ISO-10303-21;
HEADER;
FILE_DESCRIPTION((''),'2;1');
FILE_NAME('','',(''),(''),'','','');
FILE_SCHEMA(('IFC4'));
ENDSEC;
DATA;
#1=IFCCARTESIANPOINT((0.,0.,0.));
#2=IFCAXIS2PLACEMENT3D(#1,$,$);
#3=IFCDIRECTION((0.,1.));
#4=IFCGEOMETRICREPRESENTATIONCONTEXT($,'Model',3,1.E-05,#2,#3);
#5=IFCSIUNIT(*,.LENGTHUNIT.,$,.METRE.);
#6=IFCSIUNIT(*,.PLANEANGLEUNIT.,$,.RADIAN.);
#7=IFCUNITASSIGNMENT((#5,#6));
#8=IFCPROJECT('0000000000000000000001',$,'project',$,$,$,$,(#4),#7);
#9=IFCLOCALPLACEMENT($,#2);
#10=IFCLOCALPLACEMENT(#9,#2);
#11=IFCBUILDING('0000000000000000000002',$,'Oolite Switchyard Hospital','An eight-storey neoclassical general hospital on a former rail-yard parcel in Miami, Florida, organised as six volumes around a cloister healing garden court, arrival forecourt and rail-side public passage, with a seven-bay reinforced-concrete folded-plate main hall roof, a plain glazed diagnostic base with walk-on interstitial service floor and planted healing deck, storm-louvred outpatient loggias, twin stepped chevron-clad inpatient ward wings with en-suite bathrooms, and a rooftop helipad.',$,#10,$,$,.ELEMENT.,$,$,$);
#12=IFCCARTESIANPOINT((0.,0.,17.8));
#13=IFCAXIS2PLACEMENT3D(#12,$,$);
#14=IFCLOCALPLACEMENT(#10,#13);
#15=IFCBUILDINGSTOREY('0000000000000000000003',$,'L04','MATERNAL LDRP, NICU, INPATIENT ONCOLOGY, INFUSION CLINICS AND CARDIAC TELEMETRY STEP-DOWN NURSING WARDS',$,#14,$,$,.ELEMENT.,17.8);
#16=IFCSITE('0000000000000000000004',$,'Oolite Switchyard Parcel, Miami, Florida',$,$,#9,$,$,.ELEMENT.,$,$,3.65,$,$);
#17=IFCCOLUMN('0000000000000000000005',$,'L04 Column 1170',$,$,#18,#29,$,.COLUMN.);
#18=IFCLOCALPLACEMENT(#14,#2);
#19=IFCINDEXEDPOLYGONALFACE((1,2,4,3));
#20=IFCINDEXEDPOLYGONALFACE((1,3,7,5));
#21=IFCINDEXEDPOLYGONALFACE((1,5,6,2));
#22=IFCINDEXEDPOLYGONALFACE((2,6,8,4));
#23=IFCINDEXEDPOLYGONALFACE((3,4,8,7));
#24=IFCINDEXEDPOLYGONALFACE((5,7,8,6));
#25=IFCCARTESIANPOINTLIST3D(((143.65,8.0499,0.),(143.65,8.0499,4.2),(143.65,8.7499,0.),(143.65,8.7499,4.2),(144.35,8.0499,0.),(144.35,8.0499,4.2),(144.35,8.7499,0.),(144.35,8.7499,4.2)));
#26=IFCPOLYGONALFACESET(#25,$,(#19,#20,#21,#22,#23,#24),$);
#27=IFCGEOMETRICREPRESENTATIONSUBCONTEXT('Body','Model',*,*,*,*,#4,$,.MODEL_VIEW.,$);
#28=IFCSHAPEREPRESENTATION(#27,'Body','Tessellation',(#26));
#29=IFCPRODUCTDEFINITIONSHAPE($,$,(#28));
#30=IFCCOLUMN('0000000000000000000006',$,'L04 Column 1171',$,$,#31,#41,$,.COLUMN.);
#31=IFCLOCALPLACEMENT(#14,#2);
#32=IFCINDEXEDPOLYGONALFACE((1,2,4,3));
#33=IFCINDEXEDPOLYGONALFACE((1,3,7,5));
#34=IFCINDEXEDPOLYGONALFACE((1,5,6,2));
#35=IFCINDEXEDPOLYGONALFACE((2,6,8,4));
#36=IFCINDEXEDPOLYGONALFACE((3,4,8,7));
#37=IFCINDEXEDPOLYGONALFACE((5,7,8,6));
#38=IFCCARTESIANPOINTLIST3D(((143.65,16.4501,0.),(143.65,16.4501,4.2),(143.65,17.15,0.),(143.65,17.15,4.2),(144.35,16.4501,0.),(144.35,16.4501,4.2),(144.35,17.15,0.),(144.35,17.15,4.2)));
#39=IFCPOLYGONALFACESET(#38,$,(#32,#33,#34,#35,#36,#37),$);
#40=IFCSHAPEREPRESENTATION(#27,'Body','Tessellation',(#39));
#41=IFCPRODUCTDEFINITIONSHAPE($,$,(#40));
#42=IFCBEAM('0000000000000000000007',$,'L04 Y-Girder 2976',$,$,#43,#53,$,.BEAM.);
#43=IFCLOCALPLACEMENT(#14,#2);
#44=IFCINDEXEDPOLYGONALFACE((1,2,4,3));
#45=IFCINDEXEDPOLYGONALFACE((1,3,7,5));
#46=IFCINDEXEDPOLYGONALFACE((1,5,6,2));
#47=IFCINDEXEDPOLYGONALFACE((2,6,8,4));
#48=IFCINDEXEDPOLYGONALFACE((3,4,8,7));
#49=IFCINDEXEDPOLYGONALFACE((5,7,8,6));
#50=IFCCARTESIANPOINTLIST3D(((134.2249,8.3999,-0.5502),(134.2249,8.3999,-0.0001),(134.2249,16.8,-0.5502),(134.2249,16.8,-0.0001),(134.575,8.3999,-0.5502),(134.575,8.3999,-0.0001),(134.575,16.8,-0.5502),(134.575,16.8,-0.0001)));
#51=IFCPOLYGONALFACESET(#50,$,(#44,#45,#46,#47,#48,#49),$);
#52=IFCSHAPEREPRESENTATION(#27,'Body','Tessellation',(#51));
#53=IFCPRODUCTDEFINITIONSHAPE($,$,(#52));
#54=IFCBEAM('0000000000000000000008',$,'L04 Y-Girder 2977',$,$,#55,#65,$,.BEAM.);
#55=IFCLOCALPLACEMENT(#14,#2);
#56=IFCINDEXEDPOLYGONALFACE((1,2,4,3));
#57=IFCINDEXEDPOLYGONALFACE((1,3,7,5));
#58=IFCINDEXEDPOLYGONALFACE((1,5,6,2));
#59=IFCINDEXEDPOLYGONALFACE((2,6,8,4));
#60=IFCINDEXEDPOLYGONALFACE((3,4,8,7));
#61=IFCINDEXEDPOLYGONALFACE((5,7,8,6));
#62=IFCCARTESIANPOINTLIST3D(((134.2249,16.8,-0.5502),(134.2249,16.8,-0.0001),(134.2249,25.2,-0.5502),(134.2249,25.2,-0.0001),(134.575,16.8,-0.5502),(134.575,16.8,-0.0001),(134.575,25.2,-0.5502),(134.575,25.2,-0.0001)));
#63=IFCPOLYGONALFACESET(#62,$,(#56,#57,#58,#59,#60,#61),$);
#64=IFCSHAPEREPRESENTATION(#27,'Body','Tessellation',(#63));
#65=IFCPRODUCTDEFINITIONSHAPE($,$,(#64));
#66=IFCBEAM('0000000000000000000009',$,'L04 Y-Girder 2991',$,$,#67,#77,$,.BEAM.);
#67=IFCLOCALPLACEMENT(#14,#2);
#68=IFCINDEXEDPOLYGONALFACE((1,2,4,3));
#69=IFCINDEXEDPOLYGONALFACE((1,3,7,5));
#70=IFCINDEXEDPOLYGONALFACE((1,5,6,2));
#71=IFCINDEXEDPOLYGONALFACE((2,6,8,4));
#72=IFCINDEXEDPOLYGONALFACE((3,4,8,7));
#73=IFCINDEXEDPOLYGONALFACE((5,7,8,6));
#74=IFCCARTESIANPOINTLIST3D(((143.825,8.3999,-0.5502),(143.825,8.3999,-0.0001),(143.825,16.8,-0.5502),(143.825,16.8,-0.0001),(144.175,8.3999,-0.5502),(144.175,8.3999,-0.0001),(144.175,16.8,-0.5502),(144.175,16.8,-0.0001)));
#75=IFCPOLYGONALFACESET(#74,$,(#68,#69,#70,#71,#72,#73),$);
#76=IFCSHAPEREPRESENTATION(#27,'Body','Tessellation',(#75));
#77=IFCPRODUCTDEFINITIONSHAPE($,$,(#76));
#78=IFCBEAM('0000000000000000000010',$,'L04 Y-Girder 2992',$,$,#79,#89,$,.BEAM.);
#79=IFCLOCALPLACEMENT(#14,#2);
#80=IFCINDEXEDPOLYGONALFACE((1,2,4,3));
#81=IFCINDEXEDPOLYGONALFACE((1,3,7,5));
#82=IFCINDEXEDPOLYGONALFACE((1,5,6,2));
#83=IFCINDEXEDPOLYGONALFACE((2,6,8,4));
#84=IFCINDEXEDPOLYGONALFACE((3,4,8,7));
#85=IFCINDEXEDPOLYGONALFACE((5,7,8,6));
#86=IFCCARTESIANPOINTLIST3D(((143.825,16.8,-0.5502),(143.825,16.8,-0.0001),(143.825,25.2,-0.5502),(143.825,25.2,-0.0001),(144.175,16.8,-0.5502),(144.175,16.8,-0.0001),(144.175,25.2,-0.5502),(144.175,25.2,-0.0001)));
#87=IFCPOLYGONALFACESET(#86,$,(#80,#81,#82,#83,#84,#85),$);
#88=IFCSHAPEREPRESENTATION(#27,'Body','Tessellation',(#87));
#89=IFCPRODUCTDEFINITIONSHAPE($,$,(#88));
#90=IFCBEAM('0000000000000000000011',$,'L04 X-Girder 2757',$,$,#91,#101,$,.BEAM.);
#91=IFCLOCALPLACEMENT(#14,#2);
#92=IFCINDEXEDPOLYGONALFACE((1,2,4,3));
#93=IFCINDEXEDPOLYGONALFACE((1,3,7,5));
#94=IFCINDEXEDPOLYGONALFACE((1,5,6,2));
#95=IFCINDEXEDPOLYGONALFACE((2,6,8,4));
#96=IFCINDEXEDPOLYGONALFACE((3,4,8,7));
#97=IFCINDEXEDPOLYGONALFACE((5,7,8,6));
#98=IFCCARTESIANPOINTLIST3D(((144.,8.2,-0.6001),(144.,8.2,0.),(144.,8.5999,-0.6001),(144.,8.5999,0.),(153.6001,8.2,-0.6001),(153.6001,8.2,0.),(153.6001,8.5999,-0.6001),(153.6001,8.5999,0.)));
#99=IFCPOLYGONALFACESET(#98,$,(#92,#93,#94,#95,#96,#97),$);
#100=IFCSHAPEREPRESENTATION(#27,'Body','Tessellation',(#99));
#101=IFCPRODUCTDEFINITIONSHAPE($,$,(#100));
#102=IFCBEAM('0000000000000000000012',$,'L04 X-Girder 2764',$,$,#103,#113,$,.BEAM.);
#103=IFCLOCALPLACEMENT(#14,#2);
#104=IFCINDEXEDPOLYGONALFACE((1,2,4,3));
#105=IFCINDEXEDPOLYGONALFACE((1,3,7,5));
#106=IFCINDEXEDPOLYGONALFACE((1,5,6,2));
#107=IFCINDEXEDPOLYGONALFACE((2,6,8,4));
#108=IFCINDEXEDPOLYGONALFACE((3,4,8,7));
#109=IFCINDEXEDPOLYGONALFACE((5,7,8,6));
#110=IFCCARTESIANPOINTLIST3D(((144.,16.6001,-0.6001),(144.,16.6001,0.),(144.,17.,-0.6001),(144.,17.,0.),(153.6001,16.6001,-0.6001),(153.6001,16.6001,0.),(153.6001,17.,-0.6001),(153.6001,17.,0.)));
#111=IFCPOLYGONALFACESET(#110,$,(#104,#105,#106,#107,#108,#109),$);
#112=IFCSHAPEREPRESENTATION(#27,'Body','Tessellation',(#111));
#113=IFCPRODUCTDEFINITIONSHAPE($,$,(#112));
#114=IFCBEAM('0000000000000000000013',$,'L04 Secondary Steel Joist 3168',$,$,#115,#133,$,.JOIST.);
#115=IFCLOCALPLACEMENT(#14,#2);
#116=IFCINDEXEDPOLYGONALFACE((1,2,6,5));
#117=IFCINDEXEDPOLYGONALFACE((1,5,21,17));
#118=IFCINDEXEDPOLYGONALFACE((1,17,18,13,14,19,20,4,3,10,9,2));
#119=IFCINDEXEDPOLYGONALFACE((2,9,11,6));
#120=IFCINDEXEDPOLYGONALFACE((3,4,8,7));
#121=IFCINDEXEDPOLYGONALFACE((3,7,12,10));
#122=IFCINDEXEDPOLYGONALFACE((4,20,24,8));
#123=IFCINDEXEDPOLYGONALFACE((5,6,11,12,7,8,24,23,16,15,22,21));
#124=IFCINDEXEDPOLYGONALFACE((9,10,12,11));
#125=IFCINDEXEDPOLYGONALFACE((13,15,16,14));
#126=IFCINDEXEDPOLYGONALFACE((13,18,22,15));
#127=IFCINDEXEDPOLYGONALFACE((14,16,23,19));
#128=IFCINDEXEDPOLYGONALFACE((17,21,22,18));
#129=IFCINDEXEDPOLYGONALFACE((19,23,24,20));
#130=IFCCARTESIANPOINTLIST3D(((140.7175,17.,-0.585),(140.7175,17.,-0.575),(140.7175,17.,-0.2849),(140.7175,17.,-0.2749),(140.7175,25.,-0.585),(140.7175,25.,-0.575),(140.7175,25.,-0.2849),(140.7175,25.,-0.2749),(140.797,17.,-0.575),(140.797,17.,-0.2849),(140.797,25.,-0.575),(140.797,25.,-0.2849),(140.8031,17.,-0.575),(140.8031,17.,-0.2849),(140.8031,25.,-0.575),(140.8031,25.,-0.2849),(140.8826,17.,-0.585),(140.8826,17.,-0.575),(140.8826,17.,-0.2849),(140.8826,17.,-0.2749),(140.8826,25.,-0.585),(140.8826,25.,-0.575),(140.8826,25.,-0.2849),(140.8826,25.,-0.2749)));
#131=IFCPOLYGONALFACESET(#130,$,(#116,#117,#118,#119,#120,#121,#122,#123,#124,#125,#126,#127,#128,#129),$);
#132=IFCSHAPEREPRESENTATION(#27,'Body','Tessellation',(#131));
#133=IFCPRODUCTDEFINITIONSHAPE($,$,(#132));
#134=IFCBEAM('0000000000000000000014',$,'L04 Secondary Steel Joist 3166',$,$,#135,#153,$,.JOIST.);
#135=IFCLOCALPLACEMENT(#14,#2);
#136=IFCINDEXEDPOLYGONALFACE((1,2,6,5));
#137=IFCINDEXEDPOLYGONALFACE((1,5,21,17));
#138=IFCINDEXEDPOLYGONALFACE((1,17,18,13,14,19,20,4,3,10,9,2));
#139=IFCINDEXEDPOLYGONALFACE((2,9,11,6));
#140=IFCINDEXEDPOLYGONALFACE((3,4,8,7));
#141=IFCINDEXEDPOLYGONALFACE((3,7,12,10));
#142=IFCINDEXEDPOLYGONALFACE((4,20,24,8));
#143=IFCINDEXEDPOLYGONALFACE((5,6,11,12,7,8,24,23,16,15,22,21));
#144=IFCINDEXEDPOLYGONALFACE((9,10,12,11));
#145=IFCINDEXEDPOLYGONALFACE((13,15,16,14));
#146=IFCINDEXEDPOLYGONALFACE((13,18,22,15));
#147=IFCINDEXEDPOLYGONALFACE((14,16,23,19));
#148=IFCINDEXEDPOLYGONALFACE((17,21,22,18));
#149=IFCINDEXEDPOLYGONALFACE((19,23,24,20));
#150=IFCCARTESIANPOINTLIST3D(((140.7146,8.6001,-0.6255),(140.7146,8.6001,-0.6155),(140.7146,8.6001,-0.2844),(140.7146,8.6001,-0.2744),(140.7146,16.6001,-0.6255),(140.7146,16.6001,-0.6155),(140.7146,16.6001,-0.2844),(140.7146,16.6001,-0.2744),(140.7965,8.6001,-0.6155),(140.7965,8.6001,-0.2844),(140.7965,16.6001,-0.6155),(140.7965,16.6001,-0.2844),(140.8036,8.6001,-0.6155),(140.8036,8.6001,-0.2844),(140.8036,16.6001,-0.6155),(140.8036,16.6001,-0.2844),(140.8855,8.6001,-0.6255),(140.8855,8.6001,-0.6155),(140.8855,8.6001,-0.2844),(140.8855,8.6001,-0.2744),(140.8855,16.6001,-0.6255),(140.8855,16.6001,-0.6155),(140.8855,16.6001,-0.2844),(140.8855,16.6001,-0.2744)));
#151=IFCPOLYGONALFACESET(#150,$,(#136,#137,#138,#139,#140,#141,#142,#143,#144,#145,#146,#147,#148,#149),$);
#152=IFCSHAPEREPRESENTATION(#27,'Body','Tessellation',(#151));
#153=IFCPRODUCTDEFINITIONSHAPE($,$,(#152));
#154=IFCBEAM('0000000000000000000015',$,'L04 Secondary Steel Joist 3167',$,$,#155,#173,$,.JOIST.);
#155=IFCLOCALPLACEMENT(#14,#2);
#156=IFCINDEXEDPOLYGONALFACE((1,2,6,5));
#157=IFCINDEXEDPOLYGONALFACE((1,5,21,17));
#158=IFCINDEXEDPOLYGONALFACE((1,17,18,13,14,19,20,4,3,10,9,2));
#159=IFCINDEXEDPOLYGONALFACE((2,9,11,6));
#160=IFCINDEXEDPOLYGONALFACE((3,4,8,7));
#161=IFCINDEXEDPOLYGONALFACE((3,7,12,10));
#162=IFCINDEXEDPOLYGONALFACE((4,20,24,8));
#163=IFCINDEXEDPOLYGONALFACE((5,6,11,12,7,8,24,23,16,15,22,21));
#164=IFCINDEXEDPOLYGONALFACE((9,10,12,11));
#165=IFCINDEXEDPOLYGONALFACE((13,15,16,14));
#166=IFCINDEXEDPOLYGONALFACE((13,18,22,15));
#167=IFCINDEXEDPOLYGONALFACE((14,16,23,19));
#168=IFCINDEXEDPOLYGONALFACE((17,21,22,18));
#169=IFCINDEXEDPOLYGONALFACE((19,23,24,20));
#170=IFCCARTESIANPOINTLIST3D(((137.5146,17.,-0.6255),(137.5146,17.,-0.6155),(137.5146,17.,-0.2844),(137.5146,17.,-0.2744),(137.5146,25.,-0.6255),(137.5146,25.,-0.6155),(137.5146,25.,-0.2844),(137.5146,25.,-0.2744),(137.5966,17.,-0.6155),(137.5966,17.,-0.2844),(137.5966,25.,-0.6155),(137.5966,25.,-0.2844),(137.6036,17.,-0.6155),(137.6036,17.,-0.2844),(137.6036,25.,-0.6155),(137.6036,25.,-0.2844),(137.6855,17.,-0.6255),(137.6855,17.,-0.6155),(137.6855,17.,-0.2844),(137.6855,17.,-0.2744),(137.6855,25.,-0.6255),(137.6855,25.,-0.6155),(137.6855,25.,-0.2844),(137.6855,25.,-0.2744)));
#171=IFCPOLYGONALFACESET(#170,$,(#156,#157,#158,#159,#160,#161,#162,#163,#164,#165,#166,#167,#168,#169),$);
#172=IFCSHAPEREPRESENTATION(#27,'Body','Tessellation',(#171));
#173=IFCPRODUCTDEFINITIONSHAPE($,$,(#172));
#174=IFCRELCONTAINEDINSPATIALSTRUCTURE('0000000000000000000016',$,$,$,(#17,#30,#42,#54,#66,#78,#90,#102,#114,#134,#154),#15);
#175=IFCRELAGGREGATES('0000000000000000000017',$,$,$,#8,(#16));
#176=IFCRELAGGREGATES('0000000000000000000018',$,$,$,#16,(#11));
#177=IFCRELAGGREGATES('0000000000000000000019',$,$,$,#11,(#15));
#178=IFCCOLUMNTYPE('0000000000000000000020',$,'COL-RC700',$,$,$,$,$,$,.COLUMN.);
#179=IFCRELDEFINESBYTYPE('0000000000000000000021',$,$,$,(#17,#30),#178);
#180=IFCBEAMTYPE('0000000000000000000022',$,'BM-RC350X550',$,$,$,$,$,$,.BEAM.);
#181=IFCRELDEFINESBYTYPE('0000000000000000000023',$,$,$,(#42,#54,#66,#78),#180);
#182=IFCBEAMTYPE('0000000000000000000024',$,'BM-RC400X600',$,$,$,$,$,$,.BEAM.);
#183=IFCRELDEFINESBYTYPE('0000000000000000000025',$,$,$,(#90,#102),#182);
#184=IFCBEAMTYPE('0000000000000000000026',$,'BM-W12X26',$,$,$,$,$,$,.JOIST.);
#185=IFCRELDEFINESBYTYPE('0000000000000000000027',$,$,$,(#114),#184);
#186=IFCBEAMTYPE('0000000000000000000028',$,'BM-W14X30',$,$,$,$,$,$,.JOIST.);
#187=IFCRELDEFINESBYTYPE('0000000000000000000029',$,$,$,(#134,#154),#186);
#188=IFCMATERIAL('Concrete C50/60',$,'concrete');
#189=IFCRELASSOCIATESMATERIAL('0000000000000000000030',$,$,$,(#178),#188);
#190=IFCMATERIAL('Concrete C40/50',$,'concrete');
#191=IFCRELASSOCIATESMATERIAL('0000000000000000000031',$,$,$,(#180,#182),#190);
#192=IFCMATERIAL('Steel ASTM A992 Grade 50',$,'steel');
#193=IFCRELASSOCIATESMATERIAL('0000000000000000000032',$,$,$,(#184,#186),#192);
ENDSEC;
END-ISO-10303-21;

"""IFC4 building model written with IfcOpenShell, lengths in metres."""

from ifc_helpers import new_model, si_unit, direction, frame, origin, origin_2d, place, context, subcontext, project, spatial, rectangle, i_section, extrude, material, material_profile, profile_set, type_object, element, save


model = new_model("IFC4")

# Units and contexts
model_context = context("Model", 3, precision=1e-05, world=origin(), true_north=direction((0.0, 1.0)))
body_context = subcontext(model_context, "Body", "Model", "MODEL_VIEW")
ifc_project = project(units=[si_unit("LENGTHUNIT", "METRE"), si_unit("PLANEANGLEUNIT", "RADIAN")], contexts=[model_context])

# Site, building, storey
site_placement = place(None, origin())
site = spatial("IfcSite", under=ifc_project, at=site_placement, Name="Oolite Switchyard Parcel, Miami, Florida", CompositionType="ELEMENT", RefElevation=3.65)
building_placement = place(site_placement, origin())
building = spatial("IfcBuilding", under=site, at=building_placement, Name="Oolite Switchyard Hospital", Description="An eight-storey neoclassical general hospital on a former rail-yard parcel in Miami, Florida, organised as six volumes around a cloister healing garden court, arrival forecourt and rail-side public passage, with a seven-bay reinforced-concrete folded-plate main hall roof, a plain glazed diagnostic base with walk-on interstitial service floor and planted healing deck, storm-louvred outpatient loggias, twin stepped chevron-clad inpatient ward wings with en-suite bathrooms, and a rooftop helipad.", CompositionType="ELEMENT")
storey_placement = place(building_placement, frame((0.0, 0.0, 17.8)))
storey = spatial("IfcBuildingStorey", under=building, at=storey_placement, Name="L04", Description="MATERNAL LDRP, NICU, INPATIENT ONCOLOGY, INFUSION CLINICS AND CARDIAC TELEMETRY STEP-DOWN NURSING WARDS", CompositionType="ELEMENT", Elevation=17.8)

# Columns
ifc_material_1 = material(Name="Concrete C50/60", Category="concrete")
ifc_material_profile_1 = material_profile(ifc_material_1, rectangle(XDim=0.7, YDim=0.7, at=origin_2d()), Name="RC700X700")
ifc_profile_set_1 = profile_set([ifc_material_profile_1], Name="Concrete C50/60")
column_type = type_object("IfcColumnType", Name="COL-RC700", PredefinedType="COLUMN", material=ifc_profile_set_1)
for number, where, z_axis, x_axis, name in (
    (1, (144.0, 8.3999, 0.0), (0.0, 0.0, 1.0), (1.0, 0.0, 0.0), "L04 Column 1170"),
    (2, (144.0, 16.8, 0.0), (0.0, 0.0, 1.0), (1.0, 0.0, 0.0), "L04 Column 1171"),
):
    element("IfcColumn", number, at=place(storey_placement, frame(where, z_axis=z_axis, x_axis=x_axis)), inside=storey, type_object=column_type, Name=name, PredefinedType="COLUMN", context=body_context, shape_type="SweptSolid", body=[
        extrude(rectangle(XDim=0.7, YDim=0.7, at=origin_2d()), origin(), (0.0, 0.0, 1.0), 4.2),
    ])

# Beams
ifc_material_2 = material(Name="Concrete C40/50", Category="concrete")
ifc_material_profile_2 = material_profile(ifc_material_2, rectangle(XDim=0.3501, YDim=0.55, at=origin_2d()), Name="RCB350X550")
ifc_profile_set_2 = profile_set([ifc_material_profile_2], Name="Concrete C40/50")
beam_type_1 = type_object("IfcBeamType", Name="BM-RC350X550", PredefinedType="BEAM", material=ifc_profile_set_2)
beam_1_placement = place(storey_placement, frame((134.3999, 8.3999, -0.2751), z_axis=(0.0, 1.0, 0.0), x_axis=(-1.0, 0.0, 0.0)))
element("IfcBeam", 3, at=beam_1_placement, inside=storey, type_object=beam_type_1, Name="L04 Y-Girder 2976", PredefinedType="BEAM", context=body_context, shape_type="SweptSolid", body=[
    extrude(rectangle(XDim=0.3501, YDim=0.55, at=origin_2d()), origin(), (0.0, 0.0, 1.0), 8.4001),
])
beam_2_placement = place(storey_placement, frame((134.3999, 16.8, -0.2751), z_axis=(0.0, 1.0, 0.0), x_axis=(-1.0, 0.0, 0.0)))
element("IfcBeam", 4, at=beam_2_placement, inside=storey, type_object=beam_type_1, Name="L04 Y-Girder 2977", PredefinedType="BEAM", context=body_context, shape_type="SweptSolid", body=[
    extrude(rectangle(XDim=0.3501, YDim=0.55, at=origin_2d()), origin(), (0.0, 0.0, 1.0), 8.3999),
])
beam_3_placement = place(storey_placement, frame((144.0, 8.3999, -0.2751), z_axis=(0.0, 1.0, 0.0), x_axis=(-1.0, 0.0, 0.0)))
element("IfcBeam", 5, at=beam_3_placement, inside=storey, type_object=beam_type_1, Name="L04 Y-Girder 2991", PredefinedType="BEAM", context=body_context, shape_type="SweptSolid", body=[
    extrude(rectangle(XDim=0.3501, YDim=0.55, at=origin_2d()), origin(), (0.0, 0.0, 1.0), 8.4001),
])
beam_4_placement = place(storey_placement, frame((144.0, 16.8, -0.2751), z_axis=(0.0, 1.0, 0.0), x_axis=(-1.0, 0.0, 0.0)))
element("IfcBeam", 6, at=beam_4_placement, inside=storey, type_object=beam_type_1, Name="L04 Y-Girder 2992", PredefinedType="BEAM", context=body_context, shape_type="SweptSolid", body=[
    extrude(rectangle(XDim=0.3501, YDim=0.55, at=origin_2d()), origin(), (0.0, 0.0, 1.0), 8.3999),
])
ifc_material_profile_3 = material_profile(ifc_material_2, rectangle(XDim=0.3999, YDim=0.6001, at=origin_2d()), Name="RCB400X600")
ifc_profile_set_3 = profile_set([ifc_material_profile_3], Name="Concrete C40/50")
beam_type_2 = type_object("IfcBeamType", Name="BM-RC400X600", PredefinedType="BEAM", material=ifc_profile_set_3)
for number, where, z_axis, x_axis, name in (
    (7, (144.0, 8.3999, -0.3), (1.0, 0.0, 0.0), (0.0, 1.0, 0.0), "L04 X-Girder 2757"),
    (8, (144.0, 16.8, -0.3), (1.0, 0.0, 0.0), (0.0, 1.0, 0.0), "L04 X-Girder 2764"),
):
    element("IfcBeam", number, at=place(storey_placement, frame(where, z_axis=z_axis, x_axis=x_axis)), inside=storey, type_object=beam_type_2, Name=name, PredefinedType="BEAM", context=body_context, shape_type="SweptSolid", body=[
        extrude(rectangle(XDim=0.3999, YDim=0.6001, at=origin_2d()), origin(), (0.0, 0.0, 1.0), 9.6001),
    ])
ifc_material_3 = material(Name="Steel ASTM A992 Grade 50", Category="steel")
ifc_material_profile_4 = material_profile(ifc_material_3, i_section(OverallWidth=0.165, OverallDepth=0.3101, WebThickness=0.0061, FlangeThickness=0.01, at=origin_2d()), Name="W12X26")
ifc_profile_set_4 = profile_set([ifc_material_profile_4], Name="Steel ASTM A992 Grade 50")
beam_type_3 = type_object("IfcBeamType", Name="BM-W12X26", PredefinedType="JOIST", material=ifc_profile_set_4)
beam_5_placement = place(storey_placement, frame((140.8, 17.0, -0.4299), z_axis=(0.0, 1.0, 0.0), x_axis=(-1.0, 0.0, 0.0)))
element("IfcBeam", 9, at=beam_5_placement, inside=storey, type_object=beam_type_3, Name="L04 Secondary Steel Joist 3168", PredefinedType="JOIST", context=body_context, shape_type="SweptSolid", body=[
    extrude(i_section(OverallWidth=0.165, OverallDepth=0.3101, WebThickness=0.0061, FlangeThickness=0.01, at=origin_2d()), origin(), (0.0, 0.0, 1.0), 8.0),
])
ifc_material_profile_5 = material_profile(ifc_material_3, i_section(OverallWidth=0.1709, OverallDepth=0.3511, WebThickness=0.0071, FlangeThickness=0.01, at=origin_2d()), Name="W14X30")
ifc_profile_set_5 = profile_set([ifc_material_profile_5], Name="Steel ASTM A992 Grade 50")
beam_type_4 = type_object("IfcBeamType", Name="BM-W14X30", PredefinedType="JOIST", material=ifc_profile_set_5)
for number, where, z_axis, x_axis, name in (
    (10, (140.8, 8.6001, -0.45), (0.0, 1.0, 0.0), (-1.0, 0.0, 0.0), "L04 Secondary Steel Joist 3166"),
    (11, (137.6001, 17.0, -0.45), (0.0, 1.0, 0.0), (-1.0, 0.0, 0.0), "L04 Secondary Steel Joist 3167"),
):
    element("IfcBeam", number, at=place(storey_placement, frame(where, z_axis=z_axis, x_axis=x_axis)), inside=storey, type_object=beam_type_4, Name=name, PredefinedType="JOIST", context=body_context, shape_type="SweptSolid", body=[
        extrude(i_section(OverallWidth=0.1709, OverallDepth=0.3511, WebThickness=0.0071, FlangeThickness=0.01, at=origin_2d()), origin(), (0.0, 0.0, 1.0), 8.0),
    ])

save(model, "model.ifc")
